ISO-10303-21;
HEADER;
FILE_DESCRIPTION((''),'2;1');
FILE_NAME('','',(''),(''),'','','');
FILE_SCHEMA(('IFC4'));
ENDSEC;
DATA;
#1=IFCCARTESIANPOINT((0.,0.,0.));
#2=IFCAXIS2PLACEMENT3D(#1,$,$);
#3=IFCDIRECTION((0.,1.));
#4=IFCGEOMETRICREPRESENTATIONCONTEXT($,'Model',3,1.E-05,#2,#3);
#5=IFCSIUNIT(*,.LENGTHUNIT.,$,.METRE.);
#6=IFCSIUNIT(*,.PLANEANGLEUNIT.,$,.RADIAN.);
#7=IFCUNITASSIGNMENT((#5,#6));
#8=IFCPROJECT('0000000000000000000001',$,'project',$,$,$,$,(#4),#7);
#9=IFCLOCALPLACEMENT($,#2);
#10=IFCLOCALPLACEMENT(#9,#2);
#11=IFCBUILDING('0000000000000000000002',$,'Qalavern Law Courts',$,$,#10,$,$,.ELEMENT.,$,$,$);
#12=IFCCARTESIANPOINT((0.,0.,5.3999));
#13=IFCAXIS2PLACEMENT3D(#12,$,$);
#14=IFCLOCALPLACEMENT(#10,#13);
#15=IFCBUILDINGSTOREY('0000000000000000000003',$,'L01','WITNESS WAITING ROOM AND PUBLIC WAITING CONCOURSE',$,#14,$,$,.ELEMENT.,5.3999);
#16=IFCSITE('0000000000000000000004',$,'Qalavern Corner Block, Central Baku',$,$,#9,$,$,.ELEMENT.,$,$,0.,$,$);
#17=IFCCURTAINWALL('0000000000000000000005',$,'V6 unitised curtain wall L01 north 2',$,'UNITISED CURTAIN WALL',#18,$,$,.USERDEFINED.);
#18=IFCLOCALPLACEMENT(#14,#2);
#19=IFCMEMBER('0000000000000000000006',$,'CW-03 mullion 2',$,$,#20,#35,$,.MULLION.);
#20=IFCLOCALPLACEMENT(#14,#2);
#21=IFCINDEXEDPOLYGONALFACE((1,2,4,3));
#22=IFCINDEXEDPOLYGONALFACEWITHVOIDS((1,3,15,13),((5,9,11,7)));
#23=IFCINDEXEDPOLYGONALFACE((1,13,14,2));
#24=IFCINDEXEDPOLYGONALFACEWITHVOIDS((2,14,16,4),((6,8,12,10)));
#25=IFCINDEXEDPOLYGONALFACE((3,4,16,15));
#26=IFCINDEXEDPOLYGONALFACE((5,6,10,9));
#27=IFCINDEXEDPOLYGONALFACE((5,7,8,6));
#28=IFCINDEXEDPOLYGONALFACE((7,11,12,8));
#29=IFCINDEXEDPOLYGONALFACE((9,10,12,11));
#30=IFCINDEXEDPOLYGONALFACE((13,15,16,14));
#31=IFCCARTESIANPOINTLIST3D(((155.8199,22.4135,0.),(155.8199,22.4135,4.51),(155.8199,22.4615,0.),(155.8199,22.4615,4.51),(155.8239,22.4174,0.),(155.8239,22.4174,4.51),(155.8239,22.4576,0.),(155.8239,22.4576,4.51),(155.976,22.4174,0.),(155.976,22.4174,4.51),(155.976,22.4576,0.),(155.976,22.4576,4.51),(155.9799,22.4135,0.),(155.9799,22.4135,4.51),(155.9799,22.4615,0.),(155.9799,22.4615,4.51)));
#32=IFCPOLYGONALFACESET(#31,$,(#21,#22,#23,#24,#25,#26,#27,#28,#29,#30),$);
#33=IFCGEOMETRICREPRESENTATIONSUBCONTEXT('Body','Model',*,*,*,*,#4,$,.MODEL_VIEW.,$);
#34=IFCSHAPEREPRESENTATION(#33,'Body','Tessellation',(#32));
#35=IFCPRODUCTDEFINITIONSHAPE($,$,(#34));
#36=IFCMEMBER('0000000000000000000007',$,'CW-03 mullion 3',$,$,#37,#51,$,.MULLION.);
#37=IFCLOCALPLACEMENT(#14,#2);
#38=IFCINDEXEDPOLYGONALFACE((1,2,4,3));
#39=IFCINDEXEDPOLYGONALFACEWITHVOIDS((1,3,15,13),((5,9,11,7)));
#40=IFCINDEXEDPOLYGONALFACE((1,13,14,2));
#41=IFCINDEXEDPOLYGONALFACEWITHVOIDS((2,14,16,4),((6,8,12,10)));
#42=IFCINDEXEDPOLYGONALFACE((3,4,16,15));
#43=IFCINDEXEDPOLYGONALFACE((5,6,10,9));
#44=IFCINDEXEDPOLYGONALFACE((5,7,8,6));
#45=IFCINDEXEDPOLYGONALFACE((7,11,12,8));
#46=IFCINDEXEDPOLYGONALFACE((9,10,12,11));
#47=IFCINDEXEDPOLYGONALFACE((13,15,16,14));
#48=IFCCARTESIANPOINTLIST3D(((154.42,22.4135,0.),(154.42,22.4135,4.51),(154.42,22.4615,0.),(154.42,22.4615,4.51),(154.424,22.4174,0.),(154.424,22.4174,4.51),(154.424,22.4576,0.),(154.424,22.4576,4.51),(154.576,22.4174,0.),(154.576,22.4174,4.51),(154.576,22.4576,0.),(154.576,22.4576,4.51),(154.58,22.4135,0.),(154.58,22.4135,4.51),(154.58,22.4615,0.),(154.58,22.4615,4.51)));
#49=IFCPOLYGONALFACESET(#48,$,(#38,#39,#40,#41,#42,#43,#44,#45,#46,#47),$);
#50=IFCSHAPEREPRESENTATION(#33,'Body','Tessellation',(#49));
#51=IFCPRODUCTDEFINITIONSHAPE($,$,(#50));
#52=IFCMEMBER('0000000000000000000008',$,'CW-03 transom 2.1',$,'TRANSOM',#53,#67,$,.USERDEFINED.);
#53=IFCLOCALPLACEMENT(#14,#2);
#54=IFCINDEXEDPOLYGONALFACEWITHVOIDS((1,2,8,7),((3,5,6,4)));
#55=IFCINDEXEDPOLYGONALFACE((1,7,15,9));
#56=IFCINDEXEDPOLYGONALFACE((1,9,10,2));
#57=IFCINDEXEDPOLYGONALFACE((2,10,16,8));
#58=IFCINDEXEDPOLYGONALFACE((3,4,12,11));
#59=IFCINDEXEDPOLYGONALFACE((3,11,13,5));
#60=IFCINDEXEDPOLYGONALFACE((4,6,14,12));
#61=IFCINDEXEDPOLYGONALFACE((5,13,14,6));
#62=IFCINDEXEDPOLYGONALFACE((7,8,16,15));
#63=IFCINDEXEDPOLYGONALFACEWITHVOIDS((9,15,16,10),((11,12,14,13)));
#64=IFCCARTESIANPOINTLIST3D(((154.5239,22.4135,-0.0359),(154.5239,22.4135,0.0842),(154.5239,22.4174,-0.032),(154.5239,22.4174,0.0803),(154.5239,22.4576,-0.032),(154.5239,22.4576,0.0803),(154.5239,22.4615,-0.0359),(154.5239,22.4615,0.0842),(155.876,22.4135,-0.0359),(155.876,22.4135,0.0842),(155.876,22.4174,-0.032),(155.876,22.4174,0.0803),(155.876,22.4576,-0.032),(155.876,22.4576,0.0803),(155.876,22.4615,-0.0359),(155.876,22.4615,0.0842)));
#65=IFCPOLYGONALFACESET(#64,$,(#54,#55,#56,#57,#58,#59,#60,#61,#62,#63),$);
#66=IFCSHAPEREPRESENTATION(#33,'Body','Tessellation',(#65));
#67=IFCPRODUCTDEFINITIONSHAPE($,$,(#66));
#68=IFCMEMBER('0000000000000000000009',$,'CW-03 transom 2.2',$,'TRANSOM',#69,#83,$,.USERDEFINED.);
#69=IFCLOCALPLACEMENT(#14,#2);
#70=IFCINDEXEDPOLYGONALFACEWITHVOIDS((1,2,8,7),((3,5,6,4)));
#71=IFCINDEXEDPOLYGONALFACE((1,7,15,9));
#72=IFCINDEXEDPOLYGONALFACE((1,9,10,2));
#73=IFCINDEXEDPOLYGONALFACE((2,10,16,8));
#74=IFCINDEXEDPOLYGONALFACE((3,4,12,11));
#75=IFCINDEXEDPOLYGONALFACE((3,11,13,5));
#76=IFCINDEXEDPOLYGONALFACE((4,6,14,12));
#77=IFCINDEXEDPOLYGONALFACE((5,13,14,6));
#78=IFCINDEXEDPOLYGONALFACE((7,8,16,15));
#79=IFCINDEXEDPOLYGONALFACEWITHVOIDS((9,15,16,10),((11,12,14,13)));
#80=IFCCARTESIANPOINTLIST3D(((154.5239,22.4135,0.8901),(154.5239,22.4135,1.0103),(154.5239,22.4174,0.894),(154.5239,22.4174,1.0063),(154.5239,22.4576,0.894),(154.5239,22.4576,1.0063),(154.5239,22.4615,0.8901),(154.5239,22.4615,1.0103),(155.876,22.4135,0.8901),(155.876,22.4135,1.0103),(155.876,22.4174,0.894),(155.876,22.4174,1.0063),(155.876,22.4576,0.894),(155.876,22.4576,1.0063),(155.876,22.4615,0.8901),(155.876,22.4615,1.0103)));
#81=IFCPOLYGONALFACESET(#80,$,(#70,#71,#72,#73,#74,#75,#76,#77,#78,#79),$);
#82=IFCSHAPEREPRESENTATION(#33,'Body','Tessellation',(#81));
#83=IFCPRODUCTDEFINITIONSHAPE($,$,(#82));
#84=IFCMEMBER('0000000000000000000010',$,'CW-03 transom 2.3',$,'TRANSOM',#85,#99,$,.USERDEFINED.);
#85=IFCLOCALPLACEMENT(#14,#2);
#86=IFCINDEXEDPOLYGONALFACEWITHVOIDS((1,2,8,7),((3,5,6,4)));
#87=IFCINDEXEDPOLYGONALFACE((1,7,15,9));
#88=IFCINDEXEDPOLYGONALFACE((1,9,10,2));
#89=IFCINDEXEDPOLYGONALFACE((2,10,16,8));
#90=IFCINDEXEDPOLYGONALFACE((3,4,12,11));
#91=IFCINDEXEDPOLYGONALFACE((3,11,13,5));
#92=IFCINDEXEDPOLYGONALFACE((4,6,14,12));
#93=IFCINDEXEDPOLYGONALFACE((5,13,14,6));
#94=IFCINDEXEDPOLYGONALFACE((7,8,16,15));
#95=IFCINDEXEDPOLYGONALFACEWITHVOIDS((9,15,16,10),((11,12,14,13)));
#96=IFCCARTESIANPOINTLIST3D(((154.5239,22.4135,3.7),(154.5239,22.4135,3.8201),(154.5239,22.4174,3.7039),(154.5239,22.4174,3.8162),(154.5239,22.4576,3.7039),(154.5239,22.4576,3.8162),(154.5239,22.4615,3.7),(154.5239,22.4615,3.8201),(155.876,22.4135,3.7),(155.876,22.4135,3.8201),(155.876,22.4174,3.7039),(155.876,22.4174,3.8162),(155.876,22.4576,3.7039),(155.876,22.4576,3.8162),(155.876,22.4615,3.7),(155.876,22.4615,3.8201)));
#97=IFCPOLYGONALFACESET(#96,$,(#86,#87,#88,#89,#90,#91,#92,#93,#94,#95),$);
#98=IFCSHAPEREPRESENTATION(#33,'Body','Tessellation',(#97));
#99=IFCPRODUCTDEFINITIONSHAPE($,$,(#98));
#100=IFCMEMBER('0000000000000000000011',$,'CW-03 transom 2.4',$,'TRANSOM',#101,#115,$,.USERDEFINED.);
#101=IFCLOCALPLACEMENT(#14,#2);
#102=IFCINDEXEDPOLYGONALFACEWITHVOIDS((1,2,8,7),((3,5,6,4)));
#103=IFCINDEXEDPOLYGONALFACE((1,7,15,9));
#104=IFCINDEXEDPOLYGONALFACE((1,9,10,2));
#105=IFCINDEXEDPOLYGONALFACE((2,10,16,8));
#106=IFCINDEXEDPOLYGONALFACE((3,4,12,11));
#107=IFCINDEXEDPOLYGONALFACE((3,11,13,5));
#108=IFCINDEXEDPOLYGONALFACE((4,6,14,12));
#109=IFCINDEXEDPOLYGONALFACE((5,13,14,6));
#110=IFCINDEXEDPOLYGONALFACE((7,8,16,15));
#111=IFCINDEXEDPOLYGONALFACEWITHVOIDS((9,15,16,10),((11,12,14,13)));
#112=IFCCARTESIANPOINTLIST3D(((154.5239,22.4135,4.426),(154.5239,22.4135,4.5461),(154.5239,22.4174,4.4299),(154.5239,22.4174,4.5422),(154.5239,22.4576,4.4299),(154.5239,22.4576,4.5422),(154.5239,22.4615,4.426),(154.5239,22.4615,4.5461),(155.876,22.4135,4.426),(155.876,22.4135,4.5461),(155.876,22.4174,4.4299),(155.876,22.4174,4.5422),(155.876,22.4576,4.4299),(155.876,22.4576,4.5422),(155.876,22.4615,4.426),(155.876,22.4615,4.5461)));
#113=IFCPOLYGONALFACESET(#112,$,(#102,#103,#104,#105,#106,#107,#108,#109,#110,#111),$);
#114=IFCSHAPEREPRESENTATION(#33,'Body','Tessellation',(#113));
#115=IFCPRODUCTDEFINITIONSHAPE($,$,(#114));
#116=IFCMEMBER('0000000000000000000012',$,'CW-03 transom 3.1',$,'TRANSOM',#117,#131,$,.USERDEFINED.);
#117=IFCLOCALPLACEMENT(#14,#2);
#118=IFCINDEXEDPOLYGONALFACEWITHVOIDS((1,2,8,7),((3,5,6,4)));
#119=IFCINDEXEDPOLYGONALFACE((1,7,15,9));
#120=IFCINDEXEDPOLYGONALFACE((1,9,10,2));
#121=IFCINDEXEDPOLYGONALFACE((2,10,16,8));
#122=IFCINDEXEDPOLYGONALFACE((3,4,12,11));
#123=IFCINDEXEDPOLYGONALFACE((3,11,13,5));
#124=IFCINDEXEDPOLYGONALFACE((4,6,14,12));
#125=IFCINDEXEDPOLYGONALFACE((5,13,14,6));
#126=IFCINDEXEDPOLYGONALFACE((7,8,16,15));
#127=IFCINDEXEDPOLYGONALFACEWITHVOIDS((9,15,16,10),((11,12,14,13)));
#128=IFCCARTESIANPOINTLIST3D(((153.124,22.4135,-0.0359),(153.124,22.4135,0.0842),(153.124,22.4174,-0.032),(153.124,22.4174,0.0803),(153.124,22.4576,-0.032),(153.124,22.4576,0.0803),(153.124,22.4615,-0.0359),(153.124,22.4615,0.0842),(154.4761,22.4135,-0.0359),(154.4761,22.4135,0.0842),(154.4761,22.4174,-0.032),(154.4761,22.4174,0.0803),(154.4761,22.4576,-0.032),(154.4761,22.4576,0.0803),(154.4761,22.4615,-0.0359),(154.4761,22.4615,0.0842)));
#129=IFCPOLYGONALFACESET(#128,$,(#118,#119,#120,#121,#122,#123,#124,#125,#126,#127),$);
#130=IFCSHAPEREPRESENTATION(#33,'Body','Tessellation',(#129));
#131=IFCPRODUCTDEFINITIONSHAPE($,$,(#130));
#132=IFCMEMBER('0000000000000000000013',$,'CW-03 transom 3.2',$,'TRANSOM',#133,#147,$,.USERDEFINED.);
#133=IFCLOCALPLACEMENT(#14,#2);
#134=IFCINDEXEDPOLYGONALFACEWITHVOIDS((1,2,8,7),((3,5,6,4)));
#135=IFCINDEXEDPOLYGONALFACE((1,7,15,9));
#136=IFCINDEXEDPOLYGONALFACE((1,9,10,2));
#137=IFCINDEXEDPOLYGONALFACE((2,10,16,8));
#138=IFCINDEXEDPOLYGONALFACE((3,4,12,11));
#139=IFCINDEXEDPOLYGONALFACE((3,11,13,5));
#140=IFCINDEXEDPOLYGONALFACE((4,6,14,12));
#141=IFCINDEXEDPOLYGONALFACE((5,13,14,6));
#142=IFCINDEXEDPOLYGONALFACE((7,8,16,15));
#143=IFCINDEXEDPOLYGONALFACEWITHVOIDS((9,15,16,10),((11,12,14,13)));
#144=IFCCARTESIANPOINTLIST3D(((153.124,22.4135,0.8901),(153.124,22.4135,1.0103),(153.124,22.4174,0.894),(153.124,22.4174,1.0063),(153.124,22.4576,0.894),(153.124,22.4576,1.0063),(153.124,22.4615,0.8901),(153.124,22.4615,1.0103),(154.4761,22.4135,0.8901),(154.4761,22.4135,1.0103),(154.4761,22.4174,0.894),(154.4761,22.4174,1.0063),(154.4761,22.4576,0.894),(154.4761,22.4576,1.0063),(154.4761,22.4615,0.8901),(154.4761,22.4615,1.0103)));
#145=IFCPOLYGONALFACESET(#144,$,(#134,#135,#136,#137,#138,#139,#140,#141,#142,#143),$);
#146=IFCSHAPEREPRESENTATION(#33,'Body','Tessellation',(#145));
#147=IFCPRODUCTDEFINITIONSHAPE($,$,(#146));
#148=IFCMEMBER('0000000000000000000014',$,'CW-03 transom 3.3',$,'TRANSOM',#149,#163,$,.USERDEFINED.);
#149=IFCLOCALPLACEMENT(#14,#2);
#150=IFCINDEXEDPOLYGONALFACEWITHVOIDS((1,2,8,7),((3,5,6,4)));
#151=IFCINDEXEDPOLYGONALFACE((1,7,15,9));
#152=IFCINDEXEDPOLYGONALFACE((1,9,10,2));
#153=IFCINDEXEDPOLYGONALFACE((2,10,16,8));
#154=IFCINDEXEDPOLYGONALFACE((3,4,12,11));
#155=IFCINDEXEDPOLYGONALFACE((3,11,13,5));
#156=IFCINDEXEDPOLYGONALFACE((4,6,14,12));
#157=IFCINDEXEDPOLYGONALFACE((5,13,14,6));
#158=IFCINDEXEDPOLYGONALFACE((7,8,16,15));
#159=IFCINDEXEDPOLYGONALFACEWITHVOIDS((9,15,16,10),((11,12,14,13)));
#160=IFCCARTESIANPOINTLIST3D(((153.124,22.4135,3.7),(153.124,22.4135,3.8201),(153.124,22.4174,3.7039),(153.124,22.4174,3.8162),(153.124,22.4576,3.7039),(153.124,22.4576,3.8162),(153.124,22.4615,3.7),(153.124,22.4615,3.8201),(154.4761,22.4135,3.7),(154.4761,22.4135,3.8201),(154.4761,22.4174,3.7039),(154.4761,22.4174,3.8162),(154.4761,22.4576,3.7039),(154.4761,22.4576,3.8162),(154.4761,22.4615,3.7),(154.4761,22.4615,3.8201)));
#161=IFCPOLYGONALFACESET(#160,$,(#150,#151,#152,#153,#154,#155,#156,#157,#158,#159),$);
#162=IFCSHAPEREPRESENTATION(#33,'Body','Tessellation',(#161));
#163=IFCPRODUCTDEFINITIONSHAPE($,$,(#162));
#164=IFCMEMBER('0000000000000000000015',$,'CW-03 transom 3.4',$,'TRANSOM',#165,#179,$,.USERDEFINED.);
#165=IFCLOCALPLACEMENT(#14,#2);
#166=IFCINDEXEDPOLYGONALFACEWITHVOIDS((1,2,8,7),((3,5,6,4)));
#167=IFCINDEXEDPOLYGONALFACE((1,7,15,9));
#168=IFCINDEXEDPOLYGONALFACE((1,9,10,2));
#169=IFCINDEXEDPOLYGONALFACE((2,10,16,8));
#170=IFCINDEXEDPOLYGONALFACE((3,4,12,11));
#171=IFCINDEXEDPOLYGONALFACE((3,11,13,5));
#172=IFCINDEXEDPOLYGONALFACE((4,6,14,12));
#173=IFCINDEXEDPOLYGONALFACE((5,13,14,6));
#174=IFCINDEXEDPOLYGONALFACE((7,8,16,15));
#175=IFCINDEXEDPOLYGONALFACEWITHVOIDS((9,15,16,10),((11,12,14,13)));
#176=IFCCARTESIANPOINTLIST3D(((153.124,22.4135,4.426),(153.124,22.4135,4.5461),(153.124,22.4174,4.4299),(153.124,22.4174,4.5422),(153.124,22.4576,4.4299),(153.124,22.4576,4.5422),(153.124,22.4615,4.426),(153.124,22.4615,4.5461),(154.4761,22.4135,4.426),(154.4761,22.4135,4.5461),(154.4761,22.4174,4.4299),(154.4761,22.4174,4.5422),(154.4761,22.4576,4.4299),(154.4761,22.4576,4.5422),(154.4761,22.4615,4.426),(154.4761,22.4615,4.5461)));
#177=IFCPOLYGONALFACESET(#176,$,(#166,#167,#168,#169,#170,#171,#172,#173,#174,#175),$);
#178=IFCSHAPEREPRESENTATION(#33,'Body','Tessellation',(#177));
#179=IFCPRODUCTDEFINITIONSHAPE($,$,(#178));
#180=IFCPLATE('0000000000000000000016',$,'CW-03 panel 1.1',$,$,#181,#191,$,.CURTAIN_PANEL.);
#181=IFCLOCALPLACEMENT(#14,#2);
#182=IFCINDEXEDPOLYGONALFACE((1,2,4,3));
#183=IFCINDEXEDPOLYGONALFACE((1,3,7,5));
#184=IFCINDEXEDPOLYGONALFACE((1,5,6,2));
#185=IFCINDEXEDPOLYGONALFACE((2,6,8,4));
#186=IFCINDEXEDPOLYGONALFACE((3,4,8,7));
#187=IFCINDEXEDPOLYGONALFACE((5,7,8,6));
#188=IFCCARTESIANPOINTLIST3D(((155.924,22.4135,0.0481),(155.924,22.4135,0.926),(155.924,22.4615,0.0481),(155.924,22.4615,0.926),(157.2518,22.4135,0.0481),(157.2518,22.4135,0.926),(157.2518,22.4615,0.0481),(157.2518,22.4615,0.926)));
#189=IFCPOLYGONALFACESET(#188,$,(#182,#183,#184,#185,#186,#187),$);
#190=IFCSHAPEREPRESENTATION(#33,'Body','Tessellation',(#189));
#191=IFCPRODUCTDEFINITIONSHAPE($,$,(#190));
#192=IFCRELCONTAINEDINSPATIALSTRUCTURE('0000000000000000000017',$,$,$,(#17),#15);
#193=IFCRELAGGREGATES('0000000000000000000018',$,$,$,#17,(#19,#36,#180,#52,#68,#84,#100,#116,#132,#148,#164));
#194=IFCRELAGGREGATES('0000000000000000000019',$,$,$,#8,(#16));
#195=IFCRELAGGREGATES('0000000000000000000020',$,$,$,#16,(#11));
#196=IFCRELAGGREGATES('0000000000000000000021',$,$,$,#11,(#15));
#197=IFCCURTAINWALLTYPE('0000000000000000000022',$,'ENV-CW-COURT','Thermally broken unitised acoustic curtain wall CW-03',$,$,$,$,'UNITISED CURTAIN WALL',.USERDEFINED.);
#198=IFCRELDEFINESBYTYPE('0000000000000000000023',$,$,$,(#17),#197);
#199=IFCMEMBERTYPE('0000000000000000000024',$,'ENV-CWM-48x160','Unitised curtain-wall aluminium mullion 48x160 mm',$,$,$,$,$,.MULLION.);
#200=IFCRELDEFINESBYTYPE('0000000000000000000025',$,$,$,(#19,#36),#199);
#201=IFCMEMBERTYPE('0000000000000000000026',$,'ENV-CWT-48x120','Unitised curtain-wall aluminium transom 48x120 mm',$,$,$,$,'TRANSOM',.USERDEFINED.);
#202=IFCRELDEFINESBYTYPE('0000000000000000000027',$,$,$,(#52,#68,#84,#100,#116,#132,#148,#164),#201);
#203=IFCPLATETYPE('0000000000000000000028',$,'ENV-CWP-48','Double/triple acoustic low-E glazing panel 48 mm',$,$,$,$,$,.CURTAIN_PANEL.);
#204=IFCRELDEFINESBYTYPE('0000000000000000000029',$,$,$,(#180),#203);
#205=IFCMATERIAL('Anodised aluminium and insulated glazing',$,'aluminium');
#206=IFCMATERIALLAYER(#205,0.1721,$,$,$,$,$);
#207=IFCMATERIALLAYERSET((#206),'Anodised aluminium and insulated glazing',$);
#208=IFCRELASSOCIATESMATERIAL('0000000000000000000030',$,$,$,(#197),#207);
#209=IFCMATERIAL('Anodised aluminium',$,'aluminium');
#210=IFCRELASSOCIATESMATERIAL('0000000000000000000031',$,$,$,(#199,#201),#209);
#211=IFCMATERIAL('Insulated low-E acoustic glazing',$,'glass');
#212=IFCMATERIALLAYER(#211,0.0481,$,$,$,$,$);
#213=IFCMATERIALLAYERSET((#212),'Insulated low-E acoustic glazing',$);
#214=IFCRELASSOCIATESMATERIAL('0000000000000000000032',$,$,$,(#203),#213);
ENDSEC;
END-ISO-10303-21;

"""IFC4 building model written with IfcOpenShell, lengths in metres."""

from ifc_helpers import new_model, si_unit, direction, frame, origin, origin_2d, place, context, subcontext, project, spatial, rectangle, hollow_rectangle, extrude, material, layer, layer_set, material_profile, profile_set, type_object, element, aggregate, save


model = new_model("IFC4")

# Units and contexts
model_context = context("Model", 3, precision=1e-05, world=origin(), true_north=direction((0.0, 1.0)))
body_context = subcontext(model_context, "Body", "Model", "MODEL_VIEW")
ifc_project = project(units=[si_unit("LENGTHUNIT", "METRE"), si_unit("PLANEANGLEUNIT", "RADIAN")], contexts=[model_context])

# Site, building, storey
site_placement = place(None, origin())
site = spatial("IfcSite", under=ifc_project, at=site_placement, Name="Qalavern Corner Block, Central Baku", CompositionType="ELEMENT", RefElevation=0.0)
building_placement = place(site_placement, origin())
building = spatial("IfcBuilding", under=site, at=building_placement, Name="Qalavern Law Courts", CompositionType="ELEMENT")
storey_placement = place(building_placement, frame((0.0, 0.0, 5.3999)))
storey = spatial("IfcBuildingStorey", under=building, at=storey_placement, Name="L01", Description="WITNESS WAITING ROOM AND PUBLIC WAITING CONCOURSE", CompositionType="ELEMENT", Elevation=5.3999)

# Curtain wall, members, plate
ifc_material_1 = material(Name="Anodised aluminium and insulated glazing", Category="aluminium")
ifc_layer_1 = layer(ifc_material_1, 0.1721)
ifc_layer_set_1 = layer_set([ifc_layer_1], Name="Anodised aluminium and insulated glazing")
curtain_wall_type = type_object("IfcCurtainWallType", Name="ENV-CW-COURT", Description="Thermally broken unitised acoustic curtain wall CW-03", ElementType="UNITISED CURTAIN WALL", PredefinedType="USERDEFINED", material=ifc_layer_set_1)
curtain_wall_placement = place(storey_placement, origin())
curtain_wall = element("IfcCurtainWall", 1, at=curtain_wall_placement, inside=storey, type_object=curtain_wall_type, Name="V6 unitised curtain wall L01 north 2", ObjectType="UNITISED CURTAIN WALL", PredefinedType="USERDEFINED")
ifc_material_2 = material(Name="Anodised aluminium", Category="aluminium")
ifc_material_profile_1 = material_profile(ifc_material_2, hollow_rectangle(XDim=0.0481, YDim=0.1599, WallThickness=0.0039, at=origin_2d()), Name="ALU MULLION 48x160")
ifc_profile_set_1 = profile_set([ifc_material_profile_1], Name="Anodised aluminium")
member_type_1 = type_object("IfcMemberType", Name="ENV-CWM-48x160", Description="Unitised curtain-wall aluminium mullion 48x160 mm", PredefinedType="MULLION", material=ifc_profile_set_1)
member_1_placement = place(storey_placement, frame((155.8999, 22.4375, 0.0), z_axis=(0.0, 0.0, 1.0), x_axis=(0.0, -1.0, 0.0)))
member_1 = element("IfcMember", 2, at=member_1_placement, type_object=member_type_1, Name="CW-03 mullion 2", PredefinedType="MULLION", context=body_context, shape_type="SweptSolid", body=[
    extrude(hollow_rectangle(XDim=0.0481, YDim=0.1599, WallThickness=0.0039, at=origin_2d()), origin(), (0.0, 0.0, 1.0), 4.51),
])
member_2_placement = place(storey_placement, frame((154.5, 22.4375, 0.0), z_axis=(0.0, 0.0, 1.0), x_axis=(0.0, -1.0, 0.0)))
member_2 = element("IfcMember", 3, at=member_2_placement, type_object=member_type_1, Name="CW-03 mullion 3", PredefinedType="MULLION", context=body_context, shape_type="SweptSolid", body=[
    extrude(hollow_rectangle(XDim=0.0481, YDim=0.1599, WallThickness=0.0039, at=origin_2d()), origin(), (0.0, 0.0, 1.0), 4.51),
])
ifc_material_profile_2 = material_profile(ifc_material_2, hollow_rectangle(XDim=0.0481, YDim=0.1201, WallThickness=0.0039, at=origin_2d()), Name="ALU TRANSOM 48x120")
ifc_profile_set_2 = profile_set([ifc_material_profile_2], Name="Anodised aluminium")
member_type_2 = type_object("IfcMemberType", Name="ENV-CWT-48x120", Description="Unitised curtain-wall aluminium transom 48x120 mm", ElementType="TRANSOM", PredefinedType="USERDEFINED", material=ifc_profile_set_2)
member_3_placement = place(storey_placement, frame((155.876, 22.4375, 0.0242), z_axis=(-1.0, 0.0, 0.0), x_axis=(0.0, -1.0, 0.0)))
member_3 = element("IfcMember", 4, at=member_3_placement, type_object=member_type_2, Name="CW-03 transom 2.1", ObjectType="TRANSOM", PredefinedType="USERDEFINED", context=body_context, shape_type="SweptSolid", body=[
    extrude(hollow_rectangle(XDim=0.0481, YDim=0.1201, WallThickness=0.0039, at=origin_2d()), origin(), (0.0, 0.0, 1.0), 1.3521),
])
member_4_placement = place(storey_placement, frame((155.876, 22.4375, 0.9502), z_axis=(-1.0, 0.0, 0.0), x_axis=(0.0, -1.0, 0.0)))
member_4 = element("IfcMember", 5, at=member_4_placement, type_object=member_type_2, Name="CW-03 transom 2.2", ObjectType="TRANSOM", PredefinedType="USERDEFINED", context=body_context, shape_type="SweptSolid", body=[
    extrude(hollow_rectangle(XDim=0.0481, YDim=0.1201, WallThickness=0.0039, at=origin_2d()), origin(), (0.0, 0.0, 1.0), 1.3521),
])
member_5_placement = place(storey_placement, frame((155.876, 22.4375, 3.76), z_axis=(-1.0, 0.0, 0.0), x_axis=(0.0, -1.0, 0.0)))
member_5 = element("IfcMember", 6, at=member_5_placement, type_object=member_type_2, Name="CW-03 transom 2.3", ObjectType="TRANSOM", PredefinedType="USERDEFINED", context=body_context, shape_type="SweptSolid", body=[
    extrude(hollow_rectangle(XDim=0.0481, YDim=0.1201, WallThickness=0.0039, at=origin_2d()), origin(), (0.0, 0.0, 1.0), 1.3521),
])
member_6_placement = place(storey_placement, frame((155.876, 22.4375, 4.4861), z_axis=(-1.0, 0.0, 0.0), x_axis=(0.0, -1.0, 0.0)))
member_6 = element("IfcMember", 7, at=member_6_placement, type_object=member_type_2, Name="CW-03 transom 2.4", ObjectType="TRANSOM", PredefinedType="USERDEFINED", context=body_context, shape_type="SweptSolid", body=[
    extrude(hollow_rectangle(XDim=0.0481, YDim=0.1201, WallThickness=0.0039, at=origin_2d()), origin(), (0.0, 0.0, 1.0), 1.3521),
])
member_7_placement = place(storey_placement, frame((154.4761, 22.4375, 0.0242), z_axis=(-1.0, 0.0, 0.0), x_axis=(0.0, -1.0, 0.0)))
member_7 = element("IfcMember", 8, at=member_7_placement, type_object=member_type_2, Name="CW-03 transom 3.1", ObjectType="TRANSOM", PredefinedType="USERDEFINED", context=body_context, shape_type="SweptSolid", body=[
    extrude(hollow_rectangle(XDim=0.0481, YDim=0.1201, WallThickness=0.0039, at=origin_2d()), origin(), (0.0, 0.0, 1.0), 1.3521),
])
member_8_placement = place(storey_placement, frame((154.4761, 22.4375, 0.9502), z_axis=(-1.0, 0.0, 0.0), x_axis=(0.0, -1.0, 0.0)))
member_8 = element("IfcMember", 9, at=member_8_placement, type_object=member_type_2, Name="CW-03 transom 3.2", ObjectType="TRANSOM", PredefinedType="USERDEFINED", context=body_context, shape_type="SweptSolid", body=[
    extrude(hollow_rectangle(XDim=0.0481, YDim=0.1201, WallThickness=0.0039, at=origin_2d()), origin(), (0.0, 0.0, 1.0), 1.3521),
])
member_9_placement = place(storey_placement, frame((154.4761, 22.4375, 3.76), z_axis=(-1.0, 0.0, 0.0), x_axis=(0.0, -1.0, 0.0)))
member_9 = element("IfcMember", 10, at=member_9_placement, type_object=member_type_2, Name="CW-03 transom 3.3", ObjectType="TRANSOM", PredefinedType="USERDEFINED", context=body_context, shape_type="SweptSolid", body=[
    extrude(hollow_rectangle(XDim=0.0481, YDim=0.1201, WallThickness=0.0039, at=origin_2d()), origin(), (0.0, 0.0, 1.0), 1.3521),
])
member_10_placement = place(storey_placement, frame((154.4761, 22.4375, 4.4861), z_axis=(-1.0, 0.0, 0.0), x_axis=(0.0, -1.0, 0.0)))
member_10 = element("IfcMember", 11, at=member_10_placement, type_object=member_type_2, Name="CW-03 transom 3.4", ObjectType="TRANSOM", PredefinedType="USERDEFINED", context=body_context, shape_type="SweptSolid", body=[
    extrude(hollow_rectangle(XDim=0.0481, YDim=0.1201, WallThickness=0.0039, at=origin_2d()), origin(), (0.0, 0.0, 1.0), 1.3521),
])
ifc_material_3 = material(Name="Insulated low-E acoustic glazing", Category="glass")
ifc_layer_2 = layer(ifc_material_3, 0.0481)
ifc_layer_set_2 = layer_set([ifc_layer_2], Name="Insulated low-E acoustic glazing")
plate_type = type_object("IfcPlateType", Name="ENV-CWP-48", Description="Double/triple acoustic low-E glazing panel 48 mm", PredefinedType="CURTAIN_PANEL", material=ifc_layer_set_2)
plate_1_placement = place(storey_placement, frame((156.5879, 22.4375, 0.0481), z_axis=(0.0, 0.0, 1.0), x_axis=(-1.0, 0.0, 0.0)))
plate_1 = element("IfcPlate", 12, at=plate_1_placement, type_object=plate_type, Name="CW-03 panel 1.1", PredefinedType="CURTAIN_PANEL", context=body_context, shape_type="SweptSolid", body=[
    extrude(rectangle(XDim=1.3279, YDim=0.0481, at=origin_2d()), origin(), (0.0, 0.0, 1.0), 0.8779),
])
aggregate(curtain_wall, [member_1, member_2, plate_1, member_3, member_4, member_5, member_6, member_7, member_8, member_9, member_10])

save(model, "model.ifc")
